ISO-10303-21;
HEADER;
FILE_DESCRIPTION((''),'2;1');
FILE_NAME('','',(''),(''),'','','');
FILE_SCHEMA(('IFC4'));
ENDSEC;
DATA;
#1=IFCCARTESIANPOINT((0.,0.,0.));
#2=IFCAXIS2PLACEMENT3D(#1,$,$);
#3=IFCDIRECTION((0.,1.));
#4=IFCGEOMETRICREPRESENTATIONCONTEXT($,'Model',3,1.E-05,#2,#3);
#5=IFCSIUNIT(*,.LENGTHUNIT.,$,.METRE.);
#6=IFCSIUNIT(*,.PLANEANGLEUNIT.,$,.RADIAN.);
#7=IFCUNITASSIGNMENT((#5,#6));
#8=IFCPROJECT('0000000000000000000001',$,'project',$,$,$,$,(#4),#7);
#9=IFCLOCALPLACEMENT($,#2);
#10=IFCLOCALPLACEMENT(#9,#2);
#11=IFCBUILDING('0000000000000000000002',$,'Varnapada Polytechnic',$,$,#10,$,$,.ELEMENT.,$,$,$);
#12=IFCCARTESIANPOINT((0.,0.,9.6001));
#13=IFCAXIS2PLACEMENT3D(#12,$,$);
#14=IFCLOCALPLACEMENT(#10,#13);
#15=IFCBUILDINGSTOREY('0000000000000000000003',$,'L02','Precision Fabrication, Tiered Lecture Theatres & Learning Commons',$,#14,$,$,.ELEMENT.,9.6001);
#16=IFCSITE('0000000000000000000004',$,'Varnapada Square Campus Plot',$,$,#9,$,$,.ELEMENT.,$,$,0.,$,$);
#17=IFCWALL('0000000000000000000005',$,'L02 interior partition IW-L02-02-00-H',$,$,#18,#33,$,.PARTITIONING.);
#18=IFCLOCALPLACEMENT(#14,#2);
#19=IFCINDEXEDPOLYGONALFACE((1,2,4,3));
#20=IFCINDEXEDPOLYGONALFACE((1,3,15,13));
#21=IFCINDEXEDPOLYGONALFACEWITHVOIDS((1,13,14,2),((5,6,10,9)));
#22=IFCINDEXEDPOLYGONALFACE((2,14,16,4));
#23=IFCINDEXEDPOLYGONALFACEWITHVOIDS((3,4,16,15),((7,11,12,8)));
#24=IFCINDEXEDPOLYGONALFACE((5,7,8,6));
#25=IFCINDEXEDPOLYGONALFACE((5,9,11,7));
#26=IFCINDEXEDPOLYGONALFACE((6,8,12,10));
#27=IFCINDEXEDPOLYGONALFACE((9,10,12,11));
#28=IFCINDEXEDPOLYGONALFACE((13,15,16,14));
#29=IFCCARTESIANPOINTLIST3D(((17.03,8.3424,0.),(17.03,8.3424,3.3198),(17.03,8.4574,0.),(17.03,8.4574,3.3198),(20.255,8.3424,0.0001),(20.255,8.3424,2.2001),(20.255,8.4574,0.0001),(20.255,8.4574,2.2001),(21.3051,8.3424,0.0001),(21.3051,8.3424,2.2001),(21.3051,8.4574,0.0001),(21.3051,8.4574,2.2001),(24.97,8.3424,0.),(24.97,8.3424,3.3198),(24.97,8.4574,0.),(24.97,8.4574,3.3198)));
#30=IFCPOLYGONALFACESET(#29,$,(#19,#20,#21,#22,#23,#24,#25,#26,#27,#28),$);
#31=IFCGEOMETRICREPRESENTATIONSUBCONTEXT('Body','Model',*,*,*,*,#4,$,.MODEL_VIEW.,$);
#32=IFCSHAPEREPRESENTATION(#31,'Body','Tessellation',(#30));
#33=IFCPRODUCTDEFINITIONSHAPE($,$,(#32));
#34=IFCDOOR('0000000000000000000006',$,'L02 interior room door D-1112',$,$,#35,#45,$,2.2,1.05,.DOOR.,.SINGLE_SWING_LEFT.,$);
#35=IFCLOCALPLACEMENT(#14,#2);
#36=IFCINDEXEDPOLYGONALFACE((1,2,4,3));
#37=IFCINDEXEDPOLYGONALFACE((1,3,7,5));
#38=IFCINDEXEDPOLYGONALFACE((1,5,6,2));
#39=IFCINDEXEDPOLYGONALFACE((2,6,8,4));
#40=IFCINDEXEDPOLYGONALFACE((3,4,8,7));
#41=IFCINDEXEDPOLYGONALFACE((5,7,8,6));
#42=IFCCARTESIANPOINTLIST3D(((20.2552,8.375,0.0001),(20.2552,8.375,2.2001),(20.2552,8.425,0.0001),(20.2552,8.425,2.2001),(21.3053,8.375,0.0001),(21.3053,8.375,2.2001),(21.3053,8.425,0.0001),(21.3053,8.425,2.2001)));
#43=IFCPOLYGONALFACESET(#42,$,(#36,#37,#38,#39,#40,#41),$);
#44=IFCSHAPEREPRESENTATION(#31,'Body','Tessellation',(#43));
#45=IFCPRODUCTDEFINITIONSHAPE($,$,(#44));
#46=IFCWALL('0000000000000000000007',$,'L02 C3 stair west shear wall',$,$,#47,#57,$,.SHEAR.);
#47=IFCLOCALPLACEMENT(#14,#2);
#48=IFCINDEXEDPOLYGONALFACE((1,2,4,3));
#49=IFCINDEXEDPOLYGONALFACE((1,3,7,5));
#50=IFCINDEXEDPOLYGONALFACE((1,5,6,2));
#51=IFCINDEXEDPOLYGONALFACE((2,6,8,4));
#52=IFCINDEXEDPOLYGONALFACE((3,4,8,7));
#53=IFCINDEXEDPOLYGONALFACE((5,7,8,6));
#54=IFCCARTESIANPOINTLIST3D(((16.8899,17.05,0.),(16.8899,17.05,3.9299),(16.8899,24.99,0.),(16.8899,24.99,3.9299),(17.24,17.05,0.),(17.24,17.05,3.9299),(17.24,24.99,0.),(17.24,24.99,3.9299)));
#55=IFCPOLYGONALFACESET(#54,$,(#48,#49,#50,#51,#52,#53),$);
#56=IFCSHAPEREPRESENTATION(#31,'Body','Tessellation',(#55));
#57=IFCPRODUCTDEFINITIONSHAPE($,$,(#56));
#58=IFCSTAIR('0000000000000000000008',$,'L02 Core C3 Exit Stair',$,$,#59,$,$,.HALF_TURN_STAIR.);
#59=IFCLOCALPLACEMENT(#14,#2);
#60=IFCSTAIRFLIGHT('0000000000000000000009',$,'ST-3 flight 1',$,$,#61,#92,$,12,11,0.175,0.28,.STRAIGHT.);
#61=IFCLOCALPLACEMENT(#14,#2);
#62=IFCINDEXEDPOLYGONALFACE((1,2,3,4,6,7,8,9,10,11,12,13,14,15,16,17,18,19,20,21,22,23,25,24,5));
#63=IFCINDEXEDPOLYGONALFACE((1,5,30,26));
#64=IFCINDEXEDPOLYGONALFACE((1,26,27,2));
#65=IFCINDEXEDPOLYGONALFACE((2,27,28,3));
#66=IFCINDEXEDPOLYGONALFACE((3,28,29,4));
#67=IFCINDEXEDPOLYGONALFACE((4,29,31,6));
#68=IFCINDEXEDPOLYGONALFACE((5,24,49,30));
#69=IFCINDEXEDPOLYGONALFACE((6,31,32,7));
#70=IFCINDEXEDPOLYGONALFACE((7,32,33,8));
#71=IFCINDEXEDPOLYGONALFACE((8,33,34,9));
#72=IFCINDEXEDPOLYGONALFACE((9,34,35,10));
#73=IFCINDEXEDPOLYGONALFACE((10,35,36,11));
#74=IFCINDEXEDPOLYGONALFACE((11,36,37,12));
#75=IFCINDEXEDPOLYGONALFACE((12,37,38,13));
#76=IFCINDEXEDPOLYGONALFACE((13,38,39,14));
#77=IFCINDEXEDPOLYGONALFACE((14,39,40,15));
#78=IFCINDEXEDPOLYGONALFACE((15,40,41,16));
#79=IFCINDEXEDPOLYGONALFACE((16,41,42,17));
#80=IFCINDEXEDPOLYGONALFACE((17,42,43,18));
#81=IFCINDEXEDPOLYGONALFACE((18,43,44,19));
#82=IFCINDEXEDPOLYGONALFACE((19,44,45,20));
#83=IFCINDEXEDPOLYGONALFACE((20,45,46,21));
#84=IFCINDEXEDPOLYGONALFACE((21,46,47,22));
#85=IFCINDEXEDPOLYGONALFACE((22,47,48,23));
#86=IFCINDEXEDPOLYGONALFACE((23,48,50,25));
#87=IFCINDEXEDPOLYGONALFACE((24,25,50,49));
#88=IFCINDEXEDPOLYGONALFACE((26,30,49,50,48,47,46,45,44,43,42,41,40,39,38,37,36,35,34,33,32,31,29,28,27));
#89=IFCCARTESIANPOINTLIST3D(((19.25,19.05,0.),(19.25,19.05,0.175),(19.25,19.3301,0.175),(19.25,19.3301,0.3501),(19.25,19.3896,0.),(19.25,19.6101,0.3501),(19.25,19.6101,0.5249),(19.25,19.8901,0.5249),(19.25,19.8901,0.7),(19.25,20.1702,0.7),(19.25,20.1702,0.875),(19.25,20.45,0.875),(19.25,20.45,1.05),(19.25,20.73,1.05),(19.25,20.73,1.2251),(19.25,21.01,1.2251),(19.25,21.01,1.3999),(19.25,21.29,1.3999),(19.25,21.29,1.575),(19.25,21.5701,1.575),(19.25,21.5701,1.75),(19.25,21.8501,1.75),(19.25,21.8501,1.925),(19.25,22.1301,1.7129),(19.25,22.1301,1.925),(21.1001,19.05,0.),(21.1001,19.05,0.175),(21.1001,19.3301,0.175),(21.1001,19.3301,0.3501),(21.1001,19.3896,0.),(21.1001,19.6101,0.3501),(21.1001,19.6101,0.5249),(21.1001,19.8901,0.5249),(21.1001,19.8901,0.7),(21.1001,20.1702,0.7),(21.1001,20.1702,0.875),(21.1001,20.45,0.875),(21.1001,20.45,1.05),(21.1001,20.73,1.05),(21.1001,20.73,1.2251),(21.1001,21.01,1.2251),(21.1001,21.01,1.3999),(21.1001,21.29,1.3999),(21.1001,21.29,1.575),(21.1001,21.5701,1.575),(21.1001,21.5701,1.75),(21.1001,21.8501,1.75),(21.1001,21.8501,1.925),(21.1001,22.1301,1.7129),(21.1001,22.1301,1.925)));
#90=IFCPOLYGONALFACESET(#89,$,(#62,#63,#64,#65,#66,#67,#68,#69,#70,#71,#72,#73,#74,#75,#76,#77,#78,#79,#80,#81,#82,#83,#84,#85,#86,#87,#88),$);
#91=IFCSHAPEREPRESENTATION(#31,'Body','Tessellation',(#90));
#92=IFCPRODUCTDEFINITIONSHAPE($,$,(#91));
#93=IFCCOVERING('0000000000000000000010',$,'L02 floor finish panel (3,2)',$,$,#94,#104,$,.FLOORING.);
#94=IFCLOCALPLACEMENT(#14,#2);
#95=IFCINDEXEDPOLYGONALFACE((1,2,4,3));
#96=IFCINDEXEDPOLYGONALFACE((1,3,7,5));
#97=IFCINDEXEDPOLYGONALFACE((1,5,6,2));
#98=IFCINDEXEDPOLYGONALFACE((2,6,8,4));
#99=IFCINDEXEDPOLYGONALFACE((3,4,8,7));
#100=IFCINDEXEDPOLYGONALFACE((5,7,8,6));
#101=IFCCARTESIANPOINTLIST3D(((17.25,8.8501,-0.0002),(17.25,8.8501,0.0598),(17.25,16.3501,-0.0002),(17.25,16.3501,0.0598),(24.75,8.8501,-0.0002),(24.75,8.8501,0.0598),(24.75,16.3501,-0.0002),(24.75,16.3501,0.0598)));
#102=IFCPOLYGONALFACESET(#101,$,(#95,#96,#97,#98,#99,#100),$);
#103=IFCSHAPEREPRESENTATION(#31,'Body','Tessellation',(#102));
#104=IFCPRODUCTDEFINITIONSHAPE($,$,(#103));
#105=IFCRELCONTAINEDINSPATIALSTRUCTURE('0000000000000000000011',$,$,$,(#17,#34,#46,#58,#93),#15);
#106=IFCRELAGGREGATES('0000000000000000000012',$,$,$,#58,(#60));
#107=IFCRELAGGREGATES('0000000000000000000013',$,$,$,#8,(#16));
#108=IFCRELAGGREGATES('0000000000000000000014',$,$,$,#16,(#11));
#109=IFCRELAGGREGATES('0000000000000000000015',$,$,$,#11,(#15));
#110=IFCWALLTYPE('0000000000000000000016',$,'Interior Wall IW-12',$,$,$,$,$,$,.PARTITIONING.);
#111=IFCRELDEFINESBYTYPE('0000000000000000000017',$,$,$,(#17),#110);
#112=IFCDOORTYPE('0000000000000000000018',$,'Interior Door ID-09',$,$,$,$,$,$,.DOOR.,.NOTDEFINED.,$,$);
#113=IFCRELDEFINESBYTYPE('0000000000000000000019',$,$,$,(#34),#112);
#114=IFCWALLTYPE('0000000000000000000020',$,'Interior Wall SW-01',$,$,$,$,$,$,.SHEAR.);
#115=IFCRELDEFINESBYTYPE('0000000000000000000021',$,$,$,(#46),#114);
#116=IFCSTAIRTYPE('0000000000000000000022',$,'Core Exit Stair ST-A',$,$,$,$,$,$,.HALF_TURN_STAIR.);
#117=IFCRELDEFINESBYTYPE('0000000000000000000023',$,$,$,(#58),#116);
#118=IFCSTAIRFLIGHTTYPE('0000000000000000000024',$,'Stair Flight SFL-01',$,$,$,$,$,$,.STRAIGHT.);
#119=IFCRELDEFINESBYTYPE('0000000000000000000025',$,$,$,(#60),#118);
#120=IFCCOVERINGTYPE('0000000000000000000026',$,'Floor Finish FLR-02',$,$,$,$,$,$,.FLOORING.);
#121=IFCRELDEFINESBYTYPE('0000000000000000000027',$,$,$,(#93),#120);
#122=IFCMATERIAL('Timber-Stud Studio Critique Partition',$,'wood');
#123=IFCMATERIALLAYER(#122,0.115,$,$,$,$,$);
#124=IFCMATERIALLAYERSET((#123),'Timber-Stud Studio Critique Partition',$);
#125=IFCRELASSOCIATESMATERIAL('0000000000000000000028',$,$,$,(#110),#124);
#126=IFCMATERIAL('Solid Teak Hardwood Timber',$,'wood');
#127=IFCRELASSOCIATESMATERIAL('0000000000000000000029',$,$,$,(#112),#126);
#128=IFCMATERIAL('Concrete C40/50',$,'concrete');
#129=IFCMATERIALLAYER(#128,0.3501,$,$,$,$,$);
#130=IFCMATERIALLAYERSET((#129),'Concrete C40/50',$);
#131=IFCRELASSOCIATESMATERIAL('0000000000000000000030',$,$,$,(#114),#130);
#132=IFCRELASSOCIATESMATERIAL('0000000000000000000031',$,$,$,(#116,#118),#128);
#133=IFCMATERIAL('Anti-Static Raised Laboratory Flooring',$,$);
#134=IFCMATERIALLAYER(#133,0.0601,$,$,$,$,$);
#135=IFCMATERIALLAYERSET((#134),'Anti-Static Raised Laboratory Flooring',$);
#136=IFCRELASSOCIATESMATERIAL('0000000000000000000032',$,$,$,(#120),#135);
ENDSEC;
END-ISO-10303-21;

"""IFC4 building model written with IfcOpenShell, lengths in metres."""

from ifc_helpers import new_model, si_unit, direction, frame, frame_2d, origin, origin_2d, place, context, subcontext, project, spatial, polyline, rectangle, outline, extrude, material, layer, layer_set, type_object, element, fill, aggregate, save


model = new_model("IFC4")

# Units and contexts
model_context = context("Model", 3, precision=1e-05, world=origin(), true_north=direction((0.0, 1.0)))
body_context = subcontext(model_context, "Body", "Model", "MODEL_VIEW")
ifc_project = project(units=[si_unit("LENGTHUNIT", "METRE"), si_unit("PLANEANGLEUNIT", "RADIAN")], contexts=[model_context])

# Site, building, storey
site_placement = place(None, origin())
site = spatial("IfcSite", under=ifc_project, at=site_placement, Name="Varnapada Square Campus Plot", CompositionType="ELEMENT", RefElevation=0.0)
building_placement = place(site_placement, origin())
building = spatial("IfcBuilding", under=site, at=building_placement, Name="Varnapada Polytechnic", CompositionType="ELEMENT")
storey_placement = place(building_placement, frame((0.0, 0.0, 9.6001)))
storey = spatial("IfcBuildingStorey", under=building, at=storey_placement, Name="L02", Description="Precision Fabrication, Tiered Lecture Theatres & Learning Commons", CompositionType="ELEMENT", Elevation=9.6001)

# Shared definitions
ifc_material_1 = material(Name="Concrete C40/50", Category="concrete")

# Wall, opening, door
ifc_material_2 = material(Name="Timber-Stud Studio Critique Partition", Category="wood")
ifc_layer_1 = layer(ifc_material_2, 0.115)
ifc_layer_set_1 = layer_set([ifc_layer_1], Name="Timber-Stud Studio Critique Partition")
wall_type_1 = type_object("IfcWallType", Name="Interior Wall IW-12", PredefinedType="PARTITIONING", material=ifc_layer_set_1)
wall_1_placement = place(storey_placement, frame((17.03, 8.3999, 0.0), z_axis=(0.0, 0.0, 1.0), x_axis=(1.0, 0.0, 0.0)))
wall_1 = element("IfcWall", 1, at=wall_1_placement, inside=storey, type_object=wall_type_1, Name="L02 interior partition IW-L02-02-00-H", PredefinedType="PARTITIONING", context=body_context, shape_type="SweptSolid", body=[
    extrude(rectangle(XDim=7.9399, YDim=0.115, at=frame_2d((3.97, 0.0))), origin(), (0.0, 0.0, 1.0), 3.3198),
])
opening_1_placement = place(wall_1_placement, frame((3.2251, 0.0, 0.0)))
opening_1 = element("IfcOpeningElement", 2, at=opening_1_placement, cuts=wall_1, PredefinedType="OPENING", context=body_context, shape_type="SweptSolid", body=[
    extrude(rectangle(XDim=1.05, YDim=2.2, at=frame_2d((0.5249, 1.1001))), frame((0.0, 0.0674, 0.0), z_axis=(0.0, -1.0, 0.0), x_axis=(1.0, 0.0, 0.0)), (0.0, 0.0, 1.0), 0.135),
])
ifc_material_3 = material(Name="Solid Teak Hardwood Timber", Category="wood")
door_type_1 = type_object("IfcDoorType", Name="Interior Door ID-09", OperationType="NOTDEFINED", PredefinedType="DOOR", material=ifc_material_3)
door_1_placement = place(opening_1_placement, frame((1.05, 0.0, 0.0), z_axis=(0.0, 0.0, 1.0), x_axis=(-1.0, 0.0, 0.0)))
door_1 = element("IfcDoor", 3, at=door_1_placement, inside=storey, type_object=door_type_1, Name="L02 interior room door D-1112", OperationType="SINGLE_SWING_LEFT", OverallHeight=2.2, OverallWidth=1.05, PredefinedType="DOOR", context=body_context, shape_type="SweptSolid", body=[
    extrude(rectangle(XDim=1.05, YDim=2.2, at=frame_2d((0.5249, 1.1001))), frame((0.0, 0.0249, 0.0), z_axis=(0.0, -1.0, 0.0), x_axis=(1.0, 0.0, 0.0)), (0.0, 0.0, 1.0), 0.05),
])
fill(opening_1, door_1)

# Wall
ifc_layer_2 = layer(ifc_material_1, 0.3501)
ifc_layer_set_2 = layer_set([ifc_layer_2], Name="Concrete C40/50")
wall_type_2 = type_object("IfcWallType", Name="Interior Wall SW-01", PredefinedType="SHEAR", material=ifc_layer_set_2)
wall_2_placement = place(storey_placement, frame((17.0649, 17.05, 0.0), z_axis=(0.0, 0.0, 1.0), x_axis=(0.0, 1.0, 0.0)))
element("IfcWall", 4, at=wall_2_placement, inside=storey, type_object=wall_type_2, Name="L02 C3 stair west shear wall", PredefinedType="SHEAR", context=body_context, shape_type="SweptSolid", body=[
    extrude(rectangle(XDim=7.9399, YDim=0.3501, at=frame_2d((3.97, 0.0))), origin(), (0.0, 0.0, 1.0), 3.9299),
])

# Stair, stair flight
stair_type = type_object("IfcStairType", Name="Core Exit Stair ST-A", PredefinedType="HALF_TURN_STAIR", material=ifc_material_1)
stair_placement = place(storey_placement, origin())
stair = element("IfcStair", 5, at=stair_placement, inside=storey, type_object=stair_type, Name="L02 Core C3 Exit Stair", PredefinedType="HALF_TURN_STAIR")
stair_flight_type = type_object("IfcStairFlightType", Name="Stair Flight SFL-01", PredefinedType="STRAIGHT", material=ifc_material_1)
stair_flight_placement = place(storey_placement, frame((20.175, 19.05, 0.0), z_axis=(0.0, 0.0, 1.0), x_axis=(0.0, 1.0, 0.0)))
stair_flight = element("IfcStairFlight", 6, at=stair_flight_placement, type_object=stair_flight_type, Name="ST-3 flight 1", NumberOfRisers=12, NumberOfTreads=11, PredefinedType="STRAIGHT", RiserHeight=0.175, TreadLength=0.28, context=body_context, shape_type="SweptSolid", body=[
    extrude(outline(polyline([(0.0, 0.0), (0.0, 0.175), (0.28, 0.175), (0.28, 0.3501), (0.5601, 0.3501), (0.5601, 0.5249), (0.8401, 0.5249), (0.8401, 0.7), (1.1201, 0.7), (1.1201, 0.875), (1.3999, 0.875), (1.3999, 1.05), (1.6799, 1.05), (1.6799, 1.2251), (1.96, 1.2251), (1.96, 1.3999), (2.24, 1.3999), (2.24, 1.575), (2.52, 1.575), (2.52, 1.75), (2.8, 1.75), (2.8, 1.925), (3.0801, 1.925), (3.0801, 2.1001), (3.0801, 1.7129), (0.3396, 0.0), (0.0, 0.0)])), frame((0.0, 0.925, 0.0), z_axis=(0.0, -1.0, 0.0), x_axis=(1.0, 0.0, 0.0)), (0.0, 0.0, 1.0), 1.8501),
])
aggregate(stair, [stair_flight])

# Covering
ifc_material_4 = material(Name="Anti-Static Raised Laboratory Flooring")
ifc_layer_3 = layer(ifc_material_4, 0.0601)
ifc_layer_set_3 = layer_set([ifc_layer_3], Name="Anti-Static Raised Laboratory Flooring")
covering_type = type_object("IfcCoveringType", Name="Floor Finish FLR-02", PredefinedType="FLOORING", material=ifc_layer_set_3)
covering_placement = place(storey_placement, frame((21.0, 12.6001, -0.0002), z_axis=(0.0, 0.0, 1.0), x_axis=(1.0, 0.0, 0.0)))
element("IfcCovering", 7, at=covering_placement, inside=storey, type_object=covering_type, Name="L02 floor finish panel (3,2)", PredefinedType="FLOORING", context=body_context, shape_type="SweptSolid", body=[
    extrude(rectangle(XDim=7.5, YDim=7.5, at=origin_2d()), origin(), (0.0, 0.0, 1.0), 0.0601),
])

save(model, "model.ifc")
